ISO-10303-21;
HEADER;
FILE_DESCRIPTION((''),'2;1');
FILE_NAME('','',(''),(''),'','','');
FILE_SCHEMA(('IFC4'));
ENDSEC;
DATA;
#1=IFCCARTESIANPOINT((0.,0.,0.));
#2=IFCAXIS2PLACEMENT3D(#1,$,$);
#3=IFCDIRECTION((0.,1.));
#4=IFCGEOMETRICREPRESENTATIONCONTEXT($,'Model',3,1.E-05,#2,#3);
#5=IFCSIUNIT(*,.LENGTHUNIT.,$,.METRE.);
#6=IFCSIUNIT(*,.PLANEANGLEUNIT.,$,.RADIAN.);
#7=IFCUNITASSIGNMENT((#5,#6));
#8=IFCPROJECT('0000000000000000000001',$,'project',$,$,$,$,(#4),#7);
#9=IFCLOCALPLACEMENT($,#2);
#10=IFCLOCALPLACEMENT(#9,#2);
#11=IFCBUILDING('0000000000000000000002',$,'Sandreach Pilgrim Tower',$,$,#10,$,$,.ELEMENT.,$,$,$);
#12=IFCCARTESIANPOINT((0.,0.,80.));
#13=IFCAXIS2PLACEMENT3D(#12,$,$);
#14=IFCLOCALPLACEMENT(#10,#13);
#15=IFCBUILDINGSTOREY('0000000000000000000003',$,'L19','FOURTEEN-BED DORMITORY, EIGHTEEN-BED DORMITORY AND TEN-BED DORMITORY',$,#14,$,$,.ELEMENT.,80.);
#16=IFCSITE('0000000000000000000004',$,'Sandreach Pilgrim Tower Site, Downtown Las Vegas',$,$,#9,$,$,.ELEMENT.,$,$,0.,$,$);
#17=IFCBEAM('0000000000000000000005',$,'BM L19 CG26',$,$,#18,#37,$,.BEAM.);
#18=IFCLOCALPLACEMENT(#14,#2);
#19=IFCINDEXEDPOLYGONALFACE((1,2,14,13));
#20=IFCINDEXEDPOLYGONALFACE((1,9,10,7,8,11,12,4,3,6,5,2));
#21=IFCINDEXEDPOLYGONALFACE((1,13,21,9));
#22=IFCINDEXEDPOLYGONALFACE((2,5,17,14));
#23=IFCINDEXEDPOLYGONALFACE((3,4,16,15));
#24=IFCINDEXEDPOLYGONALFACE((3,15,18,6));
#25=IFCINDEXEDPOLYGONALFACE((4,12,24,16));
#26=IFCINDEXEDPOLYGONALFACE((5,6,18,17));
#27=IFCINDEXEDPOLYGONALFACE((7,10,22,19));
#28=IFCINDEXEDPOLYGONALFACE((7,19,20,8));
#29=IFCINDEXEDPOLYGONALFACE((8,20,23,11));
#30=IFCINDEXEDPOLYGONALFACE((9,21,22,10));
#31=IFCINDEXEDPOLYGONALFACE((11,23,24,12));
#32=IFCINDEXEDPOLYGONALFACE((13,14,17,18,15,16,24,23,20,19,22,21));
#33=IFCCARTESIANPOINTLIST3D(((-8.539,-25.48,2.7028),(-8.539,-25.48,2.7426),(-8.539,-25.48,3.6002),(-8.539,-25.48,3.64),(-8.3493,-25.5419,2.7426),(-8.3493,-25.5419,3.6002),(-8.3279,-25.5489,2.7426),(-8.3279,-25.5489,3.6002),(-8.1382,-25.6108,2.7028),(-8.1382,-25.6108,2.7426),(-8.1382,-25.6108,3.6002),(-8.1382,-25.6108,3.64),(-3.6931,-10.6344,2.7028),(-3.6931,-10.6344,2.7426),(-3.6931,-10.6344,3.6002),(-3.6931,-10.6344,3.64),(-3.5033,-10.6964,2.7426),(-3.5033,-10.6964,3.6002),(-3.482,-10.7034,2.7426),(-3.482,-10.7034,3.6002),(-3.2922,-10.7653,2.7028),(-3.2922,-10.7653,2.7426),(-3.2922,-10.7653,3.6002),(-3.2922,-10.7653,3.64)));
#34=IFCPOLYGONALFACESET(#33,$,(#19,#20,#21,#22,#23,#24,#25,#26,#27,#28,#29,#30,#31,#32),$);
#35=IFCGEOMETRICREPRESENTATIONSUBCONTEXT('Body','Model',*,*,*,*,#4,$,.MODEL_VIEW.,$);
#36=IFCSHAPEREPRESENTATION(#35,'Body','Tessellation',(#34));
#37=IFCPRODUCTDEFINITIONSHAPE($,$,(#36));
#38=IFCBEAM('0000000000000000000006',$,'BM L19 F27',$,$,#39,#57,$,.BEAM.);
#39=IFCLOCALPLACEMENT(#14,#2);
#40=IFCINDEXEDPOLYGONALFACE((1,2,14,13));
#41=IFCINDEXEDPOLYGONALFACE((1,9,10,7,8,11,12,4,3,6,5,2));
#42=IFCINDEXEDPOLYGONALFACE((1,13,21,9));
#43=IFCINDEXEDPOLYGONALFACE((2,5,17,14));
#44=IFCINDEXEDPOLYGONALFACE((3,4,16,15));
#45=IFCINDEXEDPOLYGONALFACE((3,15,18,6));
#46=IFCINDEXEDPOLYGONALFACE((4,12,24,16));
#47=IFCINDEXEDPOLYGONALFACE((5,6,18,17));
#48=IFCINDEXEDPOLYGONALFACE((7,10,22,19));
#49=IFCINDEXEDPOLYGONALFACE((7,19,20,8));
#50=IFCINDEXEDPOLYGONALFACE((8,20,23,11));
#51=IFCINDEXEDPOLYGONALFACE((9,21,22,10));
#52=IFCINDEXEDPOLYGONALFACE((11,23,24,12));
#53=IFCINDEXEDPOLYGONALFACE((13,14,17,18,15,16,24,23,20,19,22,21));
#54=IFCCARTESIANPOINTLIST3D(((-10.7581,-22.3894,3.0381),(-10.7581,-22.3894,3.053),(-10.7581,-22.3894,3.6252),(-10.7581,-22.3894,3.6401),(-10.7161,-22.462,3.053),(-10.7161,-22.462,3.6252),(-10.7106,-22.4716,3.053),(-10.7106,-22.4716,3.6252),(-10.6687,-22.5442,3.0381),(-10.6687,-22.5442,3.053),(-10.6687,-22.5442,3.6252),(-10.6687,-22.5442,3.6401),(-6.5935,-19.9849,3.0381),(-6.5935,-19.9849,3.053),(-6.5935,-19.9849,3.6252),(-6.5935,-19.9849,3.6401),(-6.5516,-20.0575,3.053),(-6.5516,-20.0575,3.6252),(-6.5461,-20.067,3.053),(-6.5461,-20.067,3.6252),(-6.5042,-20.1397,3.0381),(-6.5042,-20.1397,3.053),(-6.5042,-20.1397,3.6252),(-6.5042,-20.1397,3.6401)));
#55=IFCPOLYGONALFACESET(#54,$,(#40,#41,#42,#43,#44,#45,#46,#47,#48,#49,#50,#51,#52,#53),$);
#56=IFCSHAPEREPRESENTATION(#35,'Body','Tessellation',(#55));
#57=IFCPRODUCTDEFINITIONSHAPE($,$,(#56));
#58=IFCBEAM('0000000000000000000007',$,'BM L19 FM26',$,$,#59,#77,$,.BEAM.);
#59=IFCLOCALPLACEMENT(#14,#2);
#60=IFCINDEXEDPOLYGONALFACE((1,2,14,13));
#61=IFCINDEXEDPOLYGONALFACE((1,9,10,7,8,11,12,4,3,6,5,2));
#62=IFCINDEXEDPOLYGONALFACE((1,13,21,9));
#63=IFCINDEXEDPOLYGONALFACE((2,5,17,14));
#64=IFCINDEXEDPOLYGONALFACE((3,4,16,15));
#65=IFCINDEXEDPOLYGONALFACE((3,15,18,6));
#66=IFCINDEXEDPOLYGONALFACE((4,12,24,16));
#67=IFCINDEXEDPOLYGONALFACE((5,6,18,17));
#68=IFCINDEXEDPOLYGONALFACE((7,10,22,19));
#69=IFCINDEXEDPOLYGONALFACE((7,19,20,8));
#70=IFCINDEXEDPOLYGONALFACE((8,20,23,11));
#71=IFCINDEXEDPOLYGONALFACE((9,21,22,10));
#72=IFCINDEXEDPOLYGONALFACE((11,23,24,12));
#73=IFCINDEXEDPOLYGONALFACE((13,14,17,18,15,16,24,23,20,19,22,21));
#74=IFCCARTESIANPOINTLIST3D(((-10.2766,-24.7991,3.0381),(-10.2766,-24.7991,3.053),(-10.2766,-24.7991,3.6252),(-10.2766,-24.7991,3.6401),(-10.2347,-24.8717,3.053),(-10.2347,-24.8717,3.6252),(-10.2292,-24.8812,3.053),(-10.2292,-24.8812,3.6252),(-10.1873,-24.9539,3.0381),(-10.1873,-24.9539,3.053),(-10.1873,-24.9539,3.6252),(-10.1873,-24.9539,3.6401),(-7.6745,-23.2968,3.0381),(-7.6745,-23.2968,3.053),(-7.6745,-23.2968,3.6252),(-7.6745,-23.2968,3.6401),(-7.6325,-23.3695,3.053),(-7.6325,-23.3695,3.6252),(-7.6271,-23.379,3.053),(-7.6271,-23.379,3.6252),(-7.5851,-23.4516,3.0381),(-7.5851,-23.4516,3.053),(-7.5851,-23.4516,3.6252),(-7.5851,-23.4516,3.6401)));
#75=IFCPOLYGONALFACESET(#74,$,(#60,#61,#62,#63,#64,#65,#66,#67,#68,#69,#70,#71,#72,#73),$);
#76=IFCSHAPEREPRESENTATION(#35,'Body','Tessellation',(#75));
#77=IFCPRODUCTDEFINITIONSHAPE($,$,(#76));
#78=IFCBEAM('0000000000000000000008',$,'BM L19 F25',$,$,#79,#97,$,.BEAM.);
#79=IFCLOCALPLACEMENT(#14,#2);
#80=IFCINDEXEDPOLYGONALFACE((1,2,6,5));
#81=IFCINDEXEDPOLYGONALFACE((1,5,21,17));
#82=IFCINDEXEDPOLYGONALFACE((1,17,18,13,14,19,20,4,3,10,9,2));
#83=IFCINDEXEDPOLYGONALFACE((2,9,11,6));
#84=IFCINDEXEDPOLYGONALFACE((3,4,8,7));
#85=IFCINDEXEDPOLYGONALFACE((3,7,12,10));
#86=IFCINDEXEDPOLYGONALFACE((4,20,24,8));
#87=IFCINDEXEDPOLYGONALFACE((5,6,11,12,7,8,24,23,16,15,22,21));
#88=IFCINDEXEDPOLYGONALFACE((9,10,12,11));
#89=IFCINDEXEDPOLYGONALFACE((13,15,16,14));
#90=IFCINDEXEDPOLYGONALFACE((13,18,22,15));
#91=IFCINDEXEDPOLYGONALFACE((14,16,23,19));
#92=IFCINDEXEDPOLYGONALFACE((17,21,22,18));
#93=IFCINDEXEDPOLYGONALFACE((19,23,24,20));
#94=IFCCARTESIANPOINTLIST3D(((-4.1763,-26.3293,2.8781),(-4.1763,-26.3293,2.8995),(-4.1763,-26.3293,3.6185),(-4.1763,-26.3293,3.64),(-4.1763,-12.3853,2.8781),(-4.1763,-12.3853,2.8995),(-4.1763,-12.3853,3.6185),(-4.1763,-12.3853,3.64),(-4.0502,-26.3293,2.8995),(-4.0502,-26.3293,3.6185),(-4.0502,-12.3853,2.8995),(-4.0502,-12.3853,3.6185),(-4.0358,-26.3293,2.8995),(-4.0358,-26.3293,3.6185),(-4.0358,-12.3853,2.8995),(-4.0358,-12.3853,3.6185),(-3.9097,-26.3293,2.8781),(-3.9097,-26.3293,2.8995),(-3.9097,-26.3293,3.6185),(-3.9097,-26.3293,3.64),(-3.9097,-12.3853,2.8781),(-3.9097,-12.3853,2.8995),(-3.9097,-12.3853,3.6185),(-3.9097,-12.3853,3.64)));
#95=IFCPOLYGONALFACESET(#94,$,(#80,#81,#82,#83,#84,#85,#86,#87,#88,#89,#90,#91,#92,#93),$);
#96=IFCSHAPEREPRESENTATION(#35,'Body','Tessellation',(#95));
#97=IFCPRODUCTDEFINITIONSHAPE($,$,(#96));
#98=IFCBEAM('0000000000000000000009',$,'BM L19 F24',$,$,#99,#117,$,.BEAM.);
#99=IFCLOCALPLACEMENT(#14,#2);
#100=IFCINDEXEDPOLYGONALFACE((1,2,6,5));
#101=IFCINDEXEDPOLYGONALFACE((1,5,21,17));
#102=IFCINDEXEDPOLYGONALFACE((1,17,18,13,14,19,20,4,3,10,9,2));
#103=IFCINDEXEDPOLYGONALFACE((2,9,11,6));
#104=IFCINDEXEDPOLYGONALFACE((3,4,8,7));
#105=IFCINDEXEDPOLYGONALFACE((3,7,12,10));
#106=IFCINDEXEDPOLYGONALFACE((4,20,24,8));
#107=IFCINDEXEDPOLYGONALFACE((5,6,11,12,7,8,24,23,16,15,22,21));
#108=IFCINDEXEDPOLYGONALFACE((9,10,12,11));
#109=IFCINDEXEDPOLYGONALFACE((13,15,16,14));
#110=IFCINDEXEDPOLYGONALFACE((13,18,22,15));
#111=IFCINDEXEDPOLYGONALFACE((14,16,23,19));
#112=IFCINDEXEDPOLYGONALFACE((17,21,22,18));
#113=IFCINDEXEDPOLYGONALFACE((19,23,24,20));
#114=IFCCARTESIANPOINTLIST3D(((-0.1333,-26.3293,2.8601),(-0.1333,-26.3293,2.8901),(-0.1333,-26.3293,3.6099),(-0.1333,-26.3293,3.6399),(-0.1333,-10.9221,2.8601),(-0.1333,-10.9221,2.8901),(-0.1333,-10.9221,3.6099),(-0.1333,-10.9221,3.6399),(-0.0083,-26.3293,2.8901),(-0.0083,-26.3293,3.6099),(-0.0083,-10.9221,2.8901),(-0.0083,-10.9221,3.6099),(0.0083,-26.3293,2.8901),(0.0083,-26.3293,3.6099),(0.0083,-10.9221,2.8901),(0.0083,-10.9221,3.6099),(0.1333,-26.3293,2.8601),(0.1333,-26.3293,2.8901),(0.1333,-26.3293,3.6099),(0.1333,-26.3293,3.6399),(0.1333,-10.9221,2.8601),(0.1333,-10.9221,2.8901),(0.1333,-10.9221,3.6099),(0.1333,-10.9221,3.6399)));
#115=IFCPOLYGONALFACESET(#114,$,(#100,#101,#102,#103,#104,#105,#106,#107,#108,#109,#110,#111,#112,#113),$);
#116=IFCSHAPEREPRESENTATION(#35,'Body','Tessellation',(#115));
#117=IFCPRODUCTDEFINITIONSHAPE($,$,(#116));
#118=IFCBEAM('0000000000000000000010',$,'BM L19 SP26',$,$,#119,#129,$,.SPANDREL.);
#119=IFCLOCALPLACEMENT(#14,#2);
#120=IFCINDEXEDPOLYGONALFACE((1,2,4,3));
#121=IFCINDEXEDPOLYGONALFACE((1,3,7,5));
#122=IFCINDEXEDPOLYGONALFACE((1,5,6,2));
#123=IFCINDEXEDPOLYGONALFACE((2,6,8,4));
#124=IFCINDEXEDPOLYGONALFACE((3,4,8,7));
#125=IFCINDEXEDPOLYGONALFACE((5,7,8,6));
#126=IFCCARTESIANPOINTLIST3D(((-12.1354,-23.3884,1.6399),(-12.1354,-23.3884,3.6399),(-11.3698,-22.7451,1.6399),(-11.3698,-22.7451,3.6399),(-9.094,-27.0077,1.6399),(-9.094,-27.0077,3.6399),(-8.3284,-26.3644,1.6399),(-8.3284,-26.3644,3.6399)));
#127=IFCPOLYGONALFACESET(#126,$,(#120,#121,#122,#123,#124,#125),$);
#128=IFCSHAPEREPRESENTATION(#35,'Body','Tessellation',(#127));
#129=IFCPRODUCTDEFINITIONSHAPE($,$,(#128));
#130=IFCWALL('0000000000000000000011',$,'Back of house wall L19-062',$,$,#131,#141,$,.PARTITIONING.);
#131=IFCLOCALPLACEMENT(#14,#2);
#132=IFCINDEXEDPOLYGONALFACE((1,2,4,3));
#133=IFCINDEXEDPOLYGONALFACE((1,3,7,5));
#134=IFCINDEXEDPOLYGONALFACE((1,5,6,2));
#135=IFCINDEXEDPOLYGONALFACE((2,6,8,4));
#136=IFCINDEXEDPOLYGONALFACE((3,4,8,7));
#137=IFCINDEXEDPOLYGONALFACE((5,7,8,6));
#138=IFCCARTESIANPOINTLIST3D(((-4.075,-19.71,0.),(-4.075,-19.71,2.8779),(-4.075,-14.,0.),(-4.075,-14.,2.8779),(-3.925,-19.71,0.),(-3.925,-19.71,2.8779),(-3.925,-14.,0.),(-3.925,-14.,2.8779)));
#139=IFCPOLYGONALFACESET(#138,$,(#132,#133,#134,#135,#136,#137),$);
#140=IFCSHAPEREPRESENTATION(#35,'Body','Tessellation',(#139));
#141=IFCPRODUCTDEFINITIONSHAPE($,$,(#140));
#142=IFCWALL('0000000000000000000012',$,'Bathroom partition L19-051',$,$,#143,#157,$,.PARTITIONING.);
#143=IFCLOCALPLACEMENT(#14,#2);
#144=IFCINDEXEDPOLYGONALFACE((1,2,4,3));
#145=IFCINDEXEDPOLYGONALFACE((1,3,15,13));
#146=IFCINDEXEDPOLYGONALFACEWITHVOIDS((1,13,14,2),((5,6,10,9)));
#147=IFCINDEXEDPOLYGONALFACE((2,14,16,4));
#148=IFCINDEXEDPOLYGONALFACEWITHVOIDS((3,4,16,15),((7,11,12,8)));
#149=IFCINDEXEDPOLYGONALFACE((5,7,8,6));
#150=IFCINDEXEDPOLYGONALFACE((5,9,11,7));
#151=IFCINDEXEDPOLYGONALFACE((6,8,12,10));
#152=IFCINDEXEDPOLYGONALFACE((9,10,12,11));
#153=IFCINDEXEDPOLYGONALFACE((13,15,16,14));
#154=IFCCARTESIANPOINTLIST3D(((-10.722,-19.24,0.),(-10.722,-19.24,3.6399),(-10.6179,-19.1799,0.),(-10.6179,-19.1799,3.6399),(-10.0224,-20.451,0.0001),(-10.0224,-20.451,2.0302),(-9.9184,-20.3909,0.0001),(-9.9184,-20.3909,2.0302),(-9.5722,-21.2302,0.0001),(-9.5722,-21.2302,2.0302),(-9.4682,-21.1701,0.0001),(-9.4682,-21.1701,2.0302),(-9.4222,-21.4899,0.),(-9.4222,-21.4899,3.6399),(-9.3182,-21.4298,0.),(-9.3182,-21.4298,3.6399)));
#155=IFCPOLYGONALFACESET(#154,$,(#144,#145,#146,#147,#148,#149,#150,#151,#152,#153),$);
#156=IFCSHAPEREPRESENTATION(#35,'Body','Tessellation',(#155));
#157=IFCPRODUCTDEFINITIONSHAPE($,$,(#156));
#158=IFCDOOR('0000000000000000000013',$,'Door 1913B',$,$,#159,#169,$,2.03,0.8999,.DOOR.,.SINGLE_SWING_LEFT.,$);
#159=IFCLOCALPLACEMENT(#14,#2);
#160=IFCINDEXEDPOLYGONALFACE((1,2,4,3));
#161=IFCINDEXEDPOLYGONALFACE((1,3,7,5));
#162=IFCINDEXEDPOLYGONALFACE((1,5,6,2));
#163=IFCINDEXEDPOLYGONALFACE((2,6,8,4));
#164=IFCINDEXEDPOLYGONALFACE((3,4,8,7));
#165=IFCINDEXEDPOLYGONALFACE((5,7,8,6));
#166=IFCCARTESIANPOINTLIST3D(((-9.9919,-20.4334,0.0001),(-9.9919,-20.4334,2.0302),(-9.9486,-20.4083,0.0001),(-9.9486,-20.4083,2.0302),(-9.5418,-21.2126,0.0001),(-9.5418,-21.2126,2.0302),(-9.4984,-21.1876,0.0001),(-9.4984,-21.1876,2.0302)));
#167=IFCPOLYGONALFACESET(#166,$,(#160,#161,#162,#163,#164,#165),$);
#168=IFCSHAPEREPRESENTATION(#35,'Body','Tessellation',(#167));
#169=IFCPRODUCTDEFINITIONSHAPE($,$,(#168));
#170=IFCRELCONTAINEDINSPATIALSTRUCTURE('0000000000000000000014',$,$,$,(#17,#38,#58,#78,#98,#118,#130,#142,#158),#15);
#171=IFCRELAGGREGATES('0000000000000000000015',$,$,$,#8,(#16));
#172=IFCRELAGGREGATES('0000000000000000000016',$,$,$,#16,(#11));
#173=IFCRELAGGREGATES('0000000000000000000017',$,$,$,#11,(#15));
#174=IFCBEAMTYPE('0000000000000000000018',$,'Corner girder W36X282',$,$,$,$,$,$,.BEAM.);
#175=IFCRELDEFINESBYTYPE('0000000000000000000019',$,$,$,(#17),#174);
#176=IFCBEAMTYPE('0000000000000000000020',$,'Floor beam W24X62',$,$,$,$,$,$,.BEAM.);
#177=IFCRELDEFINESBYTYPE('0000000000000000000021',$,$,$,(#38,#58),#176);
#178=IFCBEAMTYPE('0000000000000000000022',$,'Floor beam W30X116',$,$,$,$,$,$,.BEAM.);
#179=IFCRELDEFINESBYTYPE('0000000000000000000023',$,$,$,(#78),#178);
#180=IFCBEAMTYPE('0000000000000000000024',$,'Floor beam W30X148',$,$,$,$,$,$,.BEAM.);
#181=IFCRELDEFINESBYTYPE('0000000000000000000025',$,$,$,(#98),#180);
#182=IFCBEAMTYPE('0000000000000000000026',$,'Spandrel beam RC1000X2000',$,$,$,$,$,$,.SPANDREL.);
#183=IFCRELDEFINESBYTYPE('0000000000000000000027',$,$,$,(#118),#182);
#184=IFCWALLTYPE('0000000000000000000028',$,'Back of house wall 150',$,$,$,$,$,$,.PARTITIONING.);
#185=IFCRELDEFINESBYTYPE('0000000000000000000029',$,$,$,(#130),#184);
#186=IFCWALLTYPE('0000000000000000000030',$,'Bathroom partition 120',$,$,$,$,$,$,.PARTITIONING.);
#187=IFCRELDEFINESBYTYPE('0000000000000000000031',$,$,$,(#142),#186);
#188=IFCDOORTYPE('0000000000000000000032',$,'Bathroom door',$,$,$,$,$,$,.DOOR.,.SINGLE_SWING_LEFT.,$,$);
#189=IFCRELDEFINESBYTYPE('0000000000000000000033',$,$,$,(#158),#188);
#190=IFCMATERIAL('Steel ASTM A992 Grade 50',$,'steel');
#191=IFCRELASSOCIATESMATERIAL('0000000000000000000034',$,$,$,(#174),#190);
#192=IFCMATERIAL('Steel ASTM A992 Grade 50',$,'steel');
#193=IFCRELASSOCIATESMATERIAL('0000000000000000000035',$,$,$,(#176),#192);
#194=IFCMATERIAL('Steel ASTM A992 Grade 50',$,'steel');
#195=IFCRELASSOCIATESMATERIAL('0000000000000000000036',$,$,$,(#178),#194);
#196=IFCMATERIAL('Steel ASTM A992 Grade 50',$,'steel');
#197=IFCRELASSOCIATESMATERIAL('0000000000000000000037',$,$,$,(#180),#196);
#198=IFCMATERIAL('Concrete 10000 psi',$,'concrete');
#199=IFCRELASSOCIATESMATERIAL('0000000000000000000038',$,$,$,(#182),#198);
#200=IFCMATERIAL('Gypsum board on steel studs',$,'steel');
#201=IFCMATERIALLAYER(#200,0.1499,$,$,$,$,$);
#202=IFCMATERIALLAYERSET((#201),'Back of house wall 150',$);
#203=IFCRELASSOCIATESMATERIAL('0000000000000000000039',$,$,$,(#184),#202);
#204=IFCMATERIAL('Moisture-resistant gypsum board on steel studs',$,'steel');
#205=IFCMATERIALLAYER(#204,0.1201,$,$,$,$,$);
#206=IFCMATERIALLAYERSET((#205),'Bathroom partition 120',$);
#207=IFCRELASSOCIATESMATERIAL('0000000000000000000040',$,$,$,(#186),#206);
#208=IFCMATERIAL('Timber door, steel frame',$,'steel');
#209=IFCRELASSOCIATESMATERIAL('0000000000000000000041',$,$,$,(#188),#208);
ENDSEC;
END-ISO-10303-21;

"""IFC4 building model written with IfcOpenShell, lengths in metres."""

from ifc_helpers import new_model, si_unit, direction, frame, frame_2d, origin, origin_2d, place, context, subcontext, project, spatial, rectangle, i_section, extrude, material, layer, layer_set, material_profile, profile_set, type_object, element, fill, save


model = new_model("IFC4")

# Units and contexts
model_context = context("Model", 3, precision=1e-05, world=origin(), true_north=direction((0.0, 1.0)))
body_context = subcontext(model_context, "Body", "Model", "MODEL_VIEW")
ifc_project = project(units=[si_unit("LENGTHUNIT", "METRE"), si_unit("PLANEANGLEUNIT", "RADIAN")], contexts=[model_context])

# Site, building, storey
site_placement = place(None, origin())
site = spatial("IfcSite", under=ifc_project, at=site_placement, Name="Sandreach Pilgrim Tower Site, Downtown Las Vegas", CompositionType="ELEMENT", RefElevation=0.0)
building_placement = place(site_placement, origin())
building = spatial("IfcBuilding", under=site, at=building_placement, Name="Sandreach Pilgrim Tower", CompositionType="ELEMENT")
storey_placement = place(building_placement, frame((0.0, 0.0, 80.0)))
storey = spatial("IfcBuildingStorey", under=building, at=storey_placement, Name="L19", Description="FOURTEEN-BED DORMITORY, EIGHTEEN-BED DORMITORY AND TEN-BED DORMITORY", CompositionType="ELEMENT", Elevation=80.0)

# Beams
ifc_material_1 = material(Name="Steel ASTM A992 Grade 50", Category="steel")
ifc_material_profile_1 = material_profile(ifc_material_1, i_section(OverallWidth=0.4216, OverallDepth=0.9373, WebThickness=0.0225, FlangeThickness=0.0398, at=origin_2d()), Name="W36X282")
ifc_profile_set_1 = profile_set([ifc_material_profile_1], Name="Steel ASTM A992 Grade 50")
beam_type_1 = type_object("IfcBeamType", Name="Corner girder W36X282", PredefinedType="BEAM", material=ifc_profile_set_1)
beam_1_placement = place(storey_placement, frame((-8.3386, -25.5454, 3.1714), z_axis=(0.310312, 0.950635, 0.0), x_axis=(-0.950635, 0.310312, 0.0)))
element("IfcBeam", 1, at=beam_1_placement, inside=storey, type_object=beam_type_1, Name="BM L19 CG26", PredefinedType="BEAM", context=body_context, shape_type="SweptSolid", body=[
    extrude(i_section(OverallWidth=0.4216, OverallDepth=0.9373, WebThickness=0.0225, FlangeThickness=0.0398, at=origin_2d()), origin(), (0.0, 0.0, 1.0), 15.6165),
])
ifc_material_2 = material(Name="Steel ASTM A992 Grade 50", Category="steel")
ifc_material_profile_2 = material_profile(ifc_material_2, i_section(OverallWidth=0.1787, OverallDepth=0.6021, WebThickness=0.011, FlangeThickness=0.0149, at=origin_2d()), Name="W24X62")
ifc_profile_set_2 = profile_set([ifc_material_profile_2], Name="Steel ASTM A992 Grade 50")
beam_type_2 = type_object("IfcBeamType", Name="Floor beam W24X62", PredefinedType="BEAM", material=ifc_profile_set_2)
beam_2_placement = place(storey_placement, frame((-10.7134, -22.4668, 3.3391), z_axis=(0.866013, 0.500021, 0.0), x_axis=(-0.500021, 0.866013, 0.0)))
element("IfcBeam", 2, at=beam_2_placement, inside=storey, type_object=beam_type_2, Name="BM L19 F27", PredefinedType="BEAM", context=body_context, shape_type="SweptSolid", body=[
    extrude(i_section(OverallWidth=0.1787, OverallDepth=0.6021, WebThickness=0.011, FlangeThickness=0.0149, at=origin_2d()), origin(), (0.0, 0.0, 1.0), 4.8088),
])
beam_3_placement = place(storey_placement, frame((-10.2319, -24.8765, 3.3391), z_axis=(0.866039, 0.499976, 0.0), x_axis=(-0.499976, 0.866039, 0.0)))
element("IfcBeam", 3, at=beam_3_placement, inside=storey, type_object=beam_type_2, Name="BM L19 FM26", PredefinedType="BEAM", context=body_context, shape_type="SweptSolid", body=[
    extrude(i_section(OverallWidth=0.1787, OverallDepth=0.6021, WebThickness=0.011, FlangeThickness=0.0149, at=origin_2d()), origin(), (0.0, 0.0, 1.0), 3.0046),
])
ifc_material_3 = material(Name="Steel ASTM A992 Grade 50", Category="steel")
ifc_material_profile_3 = material_profile(ifc_material_3, i_section(OverallWidth=0.2666, OverallDepth=0.762, WebThickness=0.0144, FlangeThickness=0.0215, at=origin_2d()), Name="W30X116")
ifc_profile_set_3 = profile_set([ifc_material_profile_3], Name="Steel ASTM A992 Grade 50")
beam_type_3 = type_object("IfcBeamType", Name="Floor beam W30X116", PredefinedType="BEAM", material=ifc_profile_set_3)
beam_4_placement = place(storey_placement, frame((-4.043, -26.3293, 3.259), z_axis=(0.0, 1.0, 0.0), x_axis=(-1.0, 0.0, 0.0)))
element("IfcBeam", 4, at=beam_4_placement, inside=storey, type_object=beam_type_3, Name="BM L19 F25", PredefinedType="BEAM", context=body_context, shape_type="SweptSolid", body=[
    extrude(i_section(OverallWidth=0.2666, OverallDepth=0.762, WebThickness=0.0144, FlangeThickness=0.0215, at=origin_2d()), origin(), (0.0, 0.0, 1.0), 13.9441),
])
ifc_material_4 = material(Name="Steel ASTM A992 Grade 50", Category="steel")
ifc_material_profile_4 = material_profile(ifc_material_4, i_section(OverallWidth=0.2666, OverallDepth=0.7798, WebThickness=0.0166, FlangeThickness=0.03, at=origin_2d()), Name="W30X148")
ifc_profile_set_4 = profile_set([ifc_material_profile_4], Name="Steel ASTM A992 Grade 50")
beam_type_4 = type_object("IfcBeamType", Name="Floor beam W30X148", PredefinedType="BEAM", material=ifc_profile_set_4)
beam_5_placement = place(storey_placement, frame((0.0, -26.3293, 3.25), z_axis=(0.0, 1.0, 0.0), x_axis=(-1.0, 0.0, 0.0)))
element("IfcBeam", 5, at=beam_5_placement, inside=storey, type_object=beam_type_4, Name="BM L19 F24", PredefinedType="BEAM", context=body_context, shape_type="SweptSolid", body=[
    extrude(i_section(OverallWidth=0.2666, OverallDepth=0.7798, WebThickness=0.0166, FlangeThickness=0.03, at=origin_2d()), origin(), (0.0, 0.0, 1.0), 15.4072),
])
ifc_material_5 = material(Name="Concrete 10000 psi", Category="concrete")
ifc_material_profile_5 = material_profile(ifc_material_5, rectangle(XDim=1.0, YDim=2.0, at=origin_2d()), Name="RC1000X2000")
ifc_profile_set_5 = profile_set([ifc_material_profile_5], Name="Concrete 10000 psi")
beam_type_5 = type_object("IfcBeamType", Name="Spandrel beam RC1000X2000", PredefinedType="SPANDREL", material=ifc_profile_set_5)
beam_6_placement = place(storey_placement, frame((-8.7112, -26.686, 2.6399), z_axis=(-0.643343, 0.765578, 0.0), x_axis=(-0.765578, -0.643343, 0.0)))
element("IfcBeam", 6, at=beam_6_placement, inside=storey, type_object=beam_type_5, Name="BM L19 SP26", PredefinedType="SPANDREL", context=body_context, shape_type="SweptSolid", body=[
    extrude(rectangle(XDim=1.0, YDim=2.0, at=origin_2d()), origin(), (0.0, 0.0, 1.0), 4.7275),
])

# Wall
ifc_material_6 = material(Name="Gypsum board on steel studs", Category="steel")
ifc_layer_1 = layer(ifc_material_6, 0.1499)
ifc_layer_set_1 = layer_set([ifc_layer_1], Name="Back of house wall 150")
wall_type_1 = type_object("IfcWallType", Name="Back of house wall 150", PredefinedType="PARTITIONING", material=ifc_layer_set_1)
wall_1_placement = place(storey_placement, frame((-4.0, -14.0, 0.0), z_axis=(0.0, 0.0, 1.0), x_axis=(0.0, -1.0, 0.0)))
element("IfcWall", 7, at=wall_1_placement, inside=storey, type_object=wall_type_1, Name="Back of house wall L19-062", PredefinedType="PARTITIONING", context=body_context, shape_type="SweptSolid", body=[
    extrude(rectangle(XDim=5.71, YDim=0.1499, at=frame_2d((2.855, 0.0))), origin(), (0.0, 0.0, 1.0), 2.8779),
])

# Wall, opening, door
ifc_material_7 = material(Name="Moisture-resistant gypsum board on steel studs", Category="steel")
ifc_layer_2 = layer(ifc_material_7, 0.1201)
ifc_layer_set_2 = layer_set([ifc_layer_2], Name="Bathroom partition 120")
wall_type_2 = type_object("IfcWallType", Name="Bathroom partition 120", PredefinedType="PARTITIONING", material=ifc_layer_set_2)
wall_2_placement = place(storey_placement, frame((-9.3701, -21.46, 0.0), z_axis=(0.0, 0.0, 1.0), x_axis=(-0.500221, 0.865898, 0.0)))
wall_2 = element("IfcWall", 8, at=wall_2_placement, inside=storey, type_object=wall_type_2, Name="Bathroom partition L19-051", PredefinedType="PARTITIONING", context=body_context, shape_type="SweptSolid", body=[
    extrude(rectangle(XDim=2.5984, YDim=0.1201, at=frame_2d((1.2993, 0.0))), origin(), (0.0, 0.0, 1.0), 3.6399),
])
opening_1_placement = place(wall_2_placement, frame((0.3, 0.0, 0.0)))
opening_1 = element("IfcOpeningElement", 9, at=opening_1_placement, cuts=wall_2, PredefinedType="OPENING", context=body_context, shape_type="SweptSolid", body=[
    extrude(rectangle(XDim=0.8999, YDim=2.03, at=frame_2d((0.45, 1.0151))), frame((0.0, 0.0601, 0.0), z_axis=(0.0, -1.0, 0.0), x_axis=(1.0, 0.0, 0.0)), (0.0, 0.0, 1.0), 0.1201),
])
ifc_material_8 = material(Name="Timber door, steel frame", Category="steel")
door_type_1 = type_object("IfcDoorType", Name="Bathroom door", OperationType="SINGLE_SWING_LEFT", PredefinedType="DOOR", material=ifc_material_8)
door_1_placement = place(opening_1_placement, origin())
door_1 = element("IfcDoor", 10, at=door_1_placement, inside=storey, type_object=door_type_1, Name="Door 1913B", OperationType="SINGLE_SWING_LEFT", OverallHeight=2.03, OverallWidth=0.8999, PredefinedType="DOOR", context=body_context, shape_type="SweptSolid", body=[
    extrude(rectangle(XDim=0.8999, YDim=2.03, at=frame_2d((0.45, 1.0151))), frame((0.0, 0.0249, 0.0), z_axis=(0.0, -1.0, 0.0), x_axis=(1.0, 0.0, 0.0)), (0.0, 0.0, 1.0), 0.05),
])
fill(opening_1, door_1)

save(model, "model.ifc")
